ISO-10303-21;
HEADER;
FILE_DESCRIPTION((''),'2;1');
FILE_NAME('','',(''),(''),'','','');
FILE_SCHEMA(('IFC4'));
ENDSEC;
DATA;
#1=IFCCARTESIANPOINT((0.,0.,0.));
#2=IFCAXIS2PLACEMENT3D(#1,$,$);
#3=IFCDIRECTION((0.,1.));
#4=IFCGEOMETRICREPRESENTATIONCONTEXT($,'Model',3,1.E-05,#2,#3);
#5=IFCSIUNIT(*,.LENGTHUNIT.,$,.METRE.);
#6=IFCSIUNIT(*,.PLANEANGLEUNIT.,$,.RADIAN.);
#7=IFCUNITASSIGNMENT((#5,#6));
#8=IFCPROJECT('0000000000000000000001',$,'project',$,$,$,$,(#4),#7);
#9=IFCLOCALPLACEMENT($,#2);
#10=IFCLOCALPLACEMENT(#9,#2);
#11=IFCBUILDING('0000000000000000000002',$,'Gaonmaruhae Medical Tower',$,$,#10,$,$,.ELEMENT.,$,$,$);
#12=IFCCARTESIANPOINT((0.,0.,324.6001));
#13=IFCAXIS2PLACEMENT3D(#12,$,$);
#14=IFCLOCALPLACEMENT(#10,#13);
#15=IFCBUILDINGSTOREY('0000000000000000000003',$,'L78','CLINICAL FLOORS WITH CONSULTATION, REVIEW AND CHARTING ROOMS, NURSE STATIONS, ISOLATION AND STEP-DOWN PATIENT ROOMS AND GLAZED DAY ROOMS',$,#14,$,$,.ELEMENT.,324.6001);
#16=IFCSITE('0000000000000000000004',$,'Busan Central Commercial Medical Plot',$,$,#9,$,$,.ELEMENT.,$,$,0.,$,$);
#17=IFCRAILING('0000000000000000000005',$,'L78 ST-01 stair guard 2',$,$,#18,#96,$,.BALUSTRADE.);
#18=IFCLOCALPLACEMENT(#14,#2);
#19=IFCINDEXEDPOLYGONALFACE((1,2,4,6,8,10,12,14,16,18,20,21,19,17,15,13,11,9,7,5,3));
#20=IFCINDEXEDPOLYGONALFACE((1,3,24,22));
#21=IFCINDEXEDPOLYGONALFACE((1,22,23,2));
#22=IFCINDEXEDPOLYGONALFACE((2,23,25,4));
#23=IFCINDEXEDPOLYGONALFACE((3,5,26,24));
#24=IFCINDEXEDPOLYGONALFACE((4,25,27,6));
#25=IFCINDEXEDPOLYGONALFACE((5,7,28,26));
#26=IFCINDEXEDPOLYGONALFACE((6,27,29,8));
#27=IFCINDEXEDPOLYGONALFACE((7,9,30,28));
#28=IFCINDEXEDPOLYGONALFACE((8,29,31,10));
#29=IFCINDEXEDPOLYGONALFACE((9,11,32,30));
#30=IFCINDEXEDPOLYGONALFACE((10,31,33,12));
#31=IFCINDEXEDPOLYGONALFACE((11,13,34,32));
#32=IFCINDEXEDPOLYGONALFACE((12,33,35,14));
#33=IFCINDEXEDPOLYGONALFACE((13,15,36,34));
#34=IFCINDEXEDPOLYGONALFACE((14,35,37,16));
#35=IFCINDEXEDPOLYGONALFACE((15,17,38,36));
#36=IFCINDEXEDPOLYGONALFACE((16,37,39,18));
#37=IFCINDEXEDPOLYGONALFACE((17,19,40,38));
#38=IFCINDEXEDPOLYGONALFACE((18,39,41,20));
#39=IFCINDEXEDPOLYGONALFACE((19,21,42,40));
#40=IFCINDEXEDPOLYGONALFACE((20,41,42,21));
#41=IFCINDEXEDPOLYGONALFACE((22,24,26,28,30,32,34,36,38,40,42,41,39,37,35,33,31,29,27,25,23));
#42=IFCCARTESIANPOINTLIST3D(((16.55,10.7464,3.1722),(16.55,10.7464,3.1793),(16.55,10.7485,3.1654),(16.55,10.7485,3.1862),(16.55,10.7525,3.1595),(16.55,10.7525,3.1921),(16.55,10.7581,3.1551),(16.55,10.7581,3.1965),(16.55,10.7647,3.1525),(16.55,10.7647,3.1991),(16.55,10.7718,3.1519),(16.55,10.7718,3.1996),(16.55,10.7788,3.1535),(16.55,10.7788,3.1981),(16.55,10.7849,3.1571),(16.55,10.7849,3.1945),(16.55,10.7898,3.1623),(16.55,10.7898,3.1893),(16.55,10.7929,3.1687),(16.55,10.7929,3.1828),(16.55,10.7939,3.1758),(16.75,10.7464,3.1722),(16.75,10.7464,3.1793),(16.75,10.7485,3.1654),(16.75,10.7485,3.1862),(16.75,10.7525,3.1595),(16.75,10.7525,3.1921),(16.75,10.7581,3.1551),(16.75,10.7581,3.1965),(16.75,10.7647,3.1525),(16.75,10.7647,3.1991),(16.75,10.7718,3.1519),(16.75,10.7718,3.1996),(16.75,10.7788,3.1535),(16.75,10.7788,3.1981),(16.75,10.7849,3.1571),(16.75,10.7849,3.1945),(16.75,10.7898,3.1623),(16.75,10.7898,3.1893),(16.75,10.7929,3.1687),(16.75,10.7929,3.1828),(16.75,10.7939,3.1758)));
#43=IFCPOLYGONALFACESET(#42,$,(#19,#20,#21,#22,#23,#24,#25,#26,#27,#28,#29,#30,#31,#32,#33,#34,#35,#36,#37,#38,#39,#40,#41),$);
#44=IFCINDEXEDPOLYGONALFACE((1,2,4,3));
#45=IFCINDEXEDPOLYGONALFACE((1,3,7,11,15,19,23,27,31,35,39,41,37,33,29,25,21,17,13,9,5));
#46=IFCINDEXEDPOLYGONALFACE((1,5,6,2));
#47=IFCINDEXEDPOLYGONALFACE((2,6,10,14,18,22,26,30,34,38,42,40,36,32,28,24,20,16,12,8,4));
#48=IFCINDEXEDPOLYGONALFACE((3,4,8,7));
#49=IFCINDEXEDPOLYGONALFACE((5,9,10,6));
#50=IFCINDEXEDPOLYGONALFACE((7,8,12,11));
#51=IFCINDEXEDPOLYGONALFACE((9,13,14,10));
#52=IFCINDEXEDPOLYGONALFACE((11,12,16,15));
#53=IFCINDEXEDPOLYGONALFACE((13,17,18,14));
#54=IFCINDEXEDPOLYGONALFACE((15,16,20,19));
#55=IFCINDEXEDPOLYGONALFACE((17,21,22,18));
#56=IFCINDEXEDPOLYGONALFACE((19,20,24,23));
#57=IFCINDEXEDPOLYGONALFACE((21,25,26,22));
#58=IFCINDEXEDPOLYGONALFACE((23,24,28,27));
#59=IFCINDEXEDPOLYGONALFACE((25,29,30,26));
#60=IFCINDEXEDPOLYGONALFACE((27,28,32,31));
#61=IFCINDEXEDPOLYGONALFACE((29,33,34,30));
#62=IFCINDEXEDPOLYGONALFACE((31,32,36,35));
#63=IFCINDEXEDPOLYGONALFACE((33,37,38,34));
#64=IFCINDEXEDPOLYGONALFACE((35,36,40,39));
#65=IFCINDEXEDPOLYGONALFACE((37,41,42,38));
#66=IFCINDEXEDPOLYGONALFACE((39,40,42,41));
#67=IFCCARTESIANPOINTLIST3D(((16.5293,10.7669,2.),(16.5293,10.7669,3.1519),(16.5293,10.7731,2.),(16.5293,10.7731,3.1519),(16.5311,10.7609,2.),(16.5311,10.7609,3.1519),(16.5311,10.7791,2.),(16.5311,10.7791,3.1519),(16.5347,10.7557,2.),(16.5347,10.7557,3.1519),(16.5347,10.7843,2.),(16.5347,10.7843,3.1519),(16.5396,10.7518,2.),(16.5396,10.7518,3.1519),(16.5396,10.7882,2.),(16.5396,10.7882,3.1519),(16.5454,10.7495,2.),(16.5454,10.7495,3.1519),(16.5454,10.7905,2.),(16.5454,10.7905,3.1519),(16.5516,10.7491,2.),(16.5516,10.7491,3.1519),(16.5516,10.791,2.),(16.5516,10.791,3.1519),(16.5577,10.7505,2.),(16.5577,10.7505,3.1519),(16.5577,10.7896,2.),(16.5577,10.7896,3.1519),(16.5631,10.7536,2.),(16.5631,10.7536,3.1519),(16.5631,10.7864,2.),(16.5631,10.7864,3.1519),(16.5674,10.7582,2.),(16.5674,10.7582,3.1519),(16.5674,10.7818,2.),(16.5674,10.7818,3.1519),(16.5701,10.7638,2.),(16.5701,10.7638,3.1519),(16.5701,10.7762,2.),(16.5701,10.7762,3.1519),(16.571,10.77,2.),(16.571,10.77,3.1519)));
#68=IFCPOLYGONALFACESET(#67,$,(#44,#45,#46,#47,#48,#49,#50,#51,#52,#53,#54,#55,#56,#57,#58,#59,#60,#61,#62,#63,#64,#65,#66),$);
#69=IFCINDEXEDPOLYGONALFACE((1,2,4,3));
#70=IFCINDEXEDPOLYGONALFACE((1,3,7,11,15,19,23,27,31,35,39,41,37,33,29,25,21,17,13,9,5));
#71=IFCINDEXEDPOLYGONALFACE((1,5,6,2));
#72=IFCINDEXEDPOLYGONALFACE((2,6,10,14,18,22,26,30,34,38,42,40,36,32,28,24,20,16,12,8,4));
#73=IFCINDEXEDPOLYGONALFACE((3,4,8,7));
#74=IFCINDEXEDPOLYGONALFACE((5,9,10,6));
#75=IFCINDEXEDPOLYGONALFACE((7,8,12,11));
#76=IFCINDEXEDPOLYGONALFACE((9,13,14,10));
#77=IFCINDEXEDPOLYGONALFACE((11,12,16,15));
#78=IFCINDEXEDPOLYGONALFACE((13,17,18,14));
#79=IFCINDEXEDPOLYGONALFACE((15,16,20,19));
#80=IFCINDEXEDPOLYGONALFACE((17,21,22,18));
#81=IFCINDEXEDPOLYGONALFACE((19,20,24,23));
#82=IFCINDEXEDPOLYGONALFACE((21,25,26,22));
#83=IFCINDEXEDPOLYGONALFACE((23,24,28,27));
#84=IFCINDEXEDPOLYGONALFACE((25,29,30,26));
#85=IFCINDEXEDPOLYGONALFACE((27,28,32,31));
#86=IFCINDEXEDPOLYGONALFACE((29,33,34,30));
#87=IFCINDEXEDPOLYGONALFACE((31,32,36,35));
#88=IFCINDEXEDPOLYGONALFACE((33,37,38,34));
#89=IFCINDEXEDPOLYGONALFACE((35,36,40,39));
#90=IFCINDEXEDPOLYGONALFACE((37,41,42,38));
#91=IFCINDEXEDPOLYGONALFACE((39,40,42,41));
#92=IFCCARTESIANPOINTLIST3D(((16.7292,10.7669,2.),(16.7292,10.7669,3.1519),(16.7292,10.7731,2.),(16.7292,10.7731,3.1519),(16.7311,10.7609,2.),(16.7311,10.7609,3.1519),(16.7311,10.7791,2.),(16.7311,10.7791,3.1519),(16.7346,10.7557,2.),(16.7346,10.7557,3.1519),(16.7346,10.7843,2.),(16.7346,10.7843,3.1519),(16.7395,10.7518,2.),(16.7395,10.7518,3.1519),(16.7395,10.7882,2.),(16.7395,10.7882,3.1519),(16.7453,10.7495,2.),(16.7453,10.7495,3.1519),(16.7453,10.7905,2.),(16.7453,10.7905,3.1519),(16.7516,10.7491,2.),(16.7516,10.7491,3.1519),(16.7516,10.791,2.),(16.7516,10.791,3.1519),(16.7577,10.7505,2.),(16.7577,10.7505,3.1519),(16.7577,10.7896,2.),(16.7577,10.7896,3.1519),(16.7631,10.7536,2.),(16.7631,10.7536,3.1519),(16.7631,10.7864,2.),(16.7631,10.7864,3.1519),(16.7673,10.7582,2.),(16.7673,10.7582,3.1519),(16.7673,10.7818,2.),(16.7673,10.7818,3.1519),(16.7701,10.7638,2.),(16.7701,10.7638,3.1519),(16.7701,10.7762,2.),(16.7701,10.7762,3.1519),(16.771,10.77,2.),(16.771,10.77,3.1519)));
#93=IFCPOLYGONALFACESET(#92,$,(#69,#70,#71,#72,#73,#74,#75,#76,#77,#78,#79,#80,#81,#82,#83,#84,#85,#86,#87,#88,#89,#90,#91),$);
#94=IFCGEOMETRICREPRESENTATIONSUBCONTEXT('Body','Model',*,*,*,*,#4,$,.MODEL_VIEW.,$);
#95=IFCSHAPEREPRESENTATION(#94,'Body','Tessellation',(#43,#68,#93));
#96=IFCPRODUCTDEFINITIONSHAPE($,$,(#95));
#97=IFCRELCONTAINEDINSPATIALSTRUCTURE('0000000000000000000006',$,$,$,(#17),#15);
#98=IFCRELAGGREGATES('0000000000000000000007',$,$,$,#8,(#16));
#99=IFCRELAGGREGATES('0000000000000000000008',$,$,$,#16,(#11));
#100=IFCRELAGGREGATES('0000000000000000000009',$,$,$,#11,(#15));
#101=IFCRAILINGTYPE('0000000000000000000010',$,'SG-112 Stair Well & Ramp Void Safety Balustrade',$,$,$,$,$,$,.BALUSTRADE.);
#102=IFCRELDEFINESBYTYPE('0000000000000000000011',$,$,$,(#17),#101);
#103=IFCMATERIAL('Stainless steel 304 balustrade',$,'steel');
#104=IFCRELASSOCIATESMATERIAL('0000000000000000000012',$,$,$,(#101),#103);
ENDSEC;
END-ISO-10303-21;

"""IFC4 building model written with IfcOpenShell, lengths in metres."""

from ifc_helpers import new_model, si_unit, direction, frame, origin, origin_2d, place, context, subcontext, project, spatial, circle, extrude, material, type_object, element, save


model = new_model("IFC4")

# Units and contexts
model_context = context("Model", 3, precision=1e-05, world=origin(), true_north=direction((0.0, 1.0)))
body_context = subcontext(model_context, "Body", "Model", "MODEL_VIEW")
ifc_project = project(units=[si_unit("LENGTHUNIT", "METRE"), si_unit("PLANEANGLEUNIT", "RADIAN")], contexts=[model_context])

# Site, building, storey
site_placement = place(None, origin())
site = spatial("IfcSite", under=ifc_project, at=site_placement, Name="Busan Central Commercial Medical Plot", CompositionType="ELEMENT", RefElevation=0.0)
building_placement = place(site_placement, origin())
building = spatial("IfcBuilding", under=site, at=building_placement, Name="Gaonmaruhae Medical Tower", CompositionType="ELEMENT")
storey_placement = place(building_placement, frame((0.0, 0.0, 324.6001)))
storey = spatial("IfcBuildingStorey", under=building, at=storey_placement, Name="L78", Description="CLINICAL FLOORS WITH CONSULTATION, REVIEW AND CHARTING ROOMS, NURSE STATIONS, ISOLATION AND STEP-DOWN PATIENT ROOMS AND GLAZED DAY ROOMS", CompositionType="ELEMENT", Elevation=324.6001)

# Railing
ifc_material_1 = material(Name="Stainless steel 304 balustrade", Category="steel")
railing_type_1 = type_object("IfcRailingType", Name="SG-112 Stair Well & Ramp Void Safety Balustrade", PredefinedType="BALUSTRADE", material=ifc_material_1)
railing_1_placement = place(storey_placement, frame((16.55, 10.77, 2.0)))
element("IfcRailing", 1, at=railing_1_placement, inside=storey, type_object=railing_type_1, Name="L78 ST-01 stair guard 2", PredefinedType="BALUSTRADE", context=body_context, shape_type="SweptSolid", body=[
    extrude(circle(Radius=0.0239, at=origin_2d()), frame((0.0, 0.0, 1.1758), z_axis=(1.0, 0.0, 0.0), x_axis=(0.0, 1.0, 0.0)), (0.0, 0.0, 1.0), 0.2),
    extrude(circle(Radius=0.021, at=origin_2d()), origin(), (0.0, 0.0, 1.0), 1.1519),
    extrude(circle(Radius=0.021, at=origin_2d()), frame((0.2, 0.0, 0.0)), (0.0, 0.0, 1.0), 1.1519),
])

save(model, "model.ifc")
